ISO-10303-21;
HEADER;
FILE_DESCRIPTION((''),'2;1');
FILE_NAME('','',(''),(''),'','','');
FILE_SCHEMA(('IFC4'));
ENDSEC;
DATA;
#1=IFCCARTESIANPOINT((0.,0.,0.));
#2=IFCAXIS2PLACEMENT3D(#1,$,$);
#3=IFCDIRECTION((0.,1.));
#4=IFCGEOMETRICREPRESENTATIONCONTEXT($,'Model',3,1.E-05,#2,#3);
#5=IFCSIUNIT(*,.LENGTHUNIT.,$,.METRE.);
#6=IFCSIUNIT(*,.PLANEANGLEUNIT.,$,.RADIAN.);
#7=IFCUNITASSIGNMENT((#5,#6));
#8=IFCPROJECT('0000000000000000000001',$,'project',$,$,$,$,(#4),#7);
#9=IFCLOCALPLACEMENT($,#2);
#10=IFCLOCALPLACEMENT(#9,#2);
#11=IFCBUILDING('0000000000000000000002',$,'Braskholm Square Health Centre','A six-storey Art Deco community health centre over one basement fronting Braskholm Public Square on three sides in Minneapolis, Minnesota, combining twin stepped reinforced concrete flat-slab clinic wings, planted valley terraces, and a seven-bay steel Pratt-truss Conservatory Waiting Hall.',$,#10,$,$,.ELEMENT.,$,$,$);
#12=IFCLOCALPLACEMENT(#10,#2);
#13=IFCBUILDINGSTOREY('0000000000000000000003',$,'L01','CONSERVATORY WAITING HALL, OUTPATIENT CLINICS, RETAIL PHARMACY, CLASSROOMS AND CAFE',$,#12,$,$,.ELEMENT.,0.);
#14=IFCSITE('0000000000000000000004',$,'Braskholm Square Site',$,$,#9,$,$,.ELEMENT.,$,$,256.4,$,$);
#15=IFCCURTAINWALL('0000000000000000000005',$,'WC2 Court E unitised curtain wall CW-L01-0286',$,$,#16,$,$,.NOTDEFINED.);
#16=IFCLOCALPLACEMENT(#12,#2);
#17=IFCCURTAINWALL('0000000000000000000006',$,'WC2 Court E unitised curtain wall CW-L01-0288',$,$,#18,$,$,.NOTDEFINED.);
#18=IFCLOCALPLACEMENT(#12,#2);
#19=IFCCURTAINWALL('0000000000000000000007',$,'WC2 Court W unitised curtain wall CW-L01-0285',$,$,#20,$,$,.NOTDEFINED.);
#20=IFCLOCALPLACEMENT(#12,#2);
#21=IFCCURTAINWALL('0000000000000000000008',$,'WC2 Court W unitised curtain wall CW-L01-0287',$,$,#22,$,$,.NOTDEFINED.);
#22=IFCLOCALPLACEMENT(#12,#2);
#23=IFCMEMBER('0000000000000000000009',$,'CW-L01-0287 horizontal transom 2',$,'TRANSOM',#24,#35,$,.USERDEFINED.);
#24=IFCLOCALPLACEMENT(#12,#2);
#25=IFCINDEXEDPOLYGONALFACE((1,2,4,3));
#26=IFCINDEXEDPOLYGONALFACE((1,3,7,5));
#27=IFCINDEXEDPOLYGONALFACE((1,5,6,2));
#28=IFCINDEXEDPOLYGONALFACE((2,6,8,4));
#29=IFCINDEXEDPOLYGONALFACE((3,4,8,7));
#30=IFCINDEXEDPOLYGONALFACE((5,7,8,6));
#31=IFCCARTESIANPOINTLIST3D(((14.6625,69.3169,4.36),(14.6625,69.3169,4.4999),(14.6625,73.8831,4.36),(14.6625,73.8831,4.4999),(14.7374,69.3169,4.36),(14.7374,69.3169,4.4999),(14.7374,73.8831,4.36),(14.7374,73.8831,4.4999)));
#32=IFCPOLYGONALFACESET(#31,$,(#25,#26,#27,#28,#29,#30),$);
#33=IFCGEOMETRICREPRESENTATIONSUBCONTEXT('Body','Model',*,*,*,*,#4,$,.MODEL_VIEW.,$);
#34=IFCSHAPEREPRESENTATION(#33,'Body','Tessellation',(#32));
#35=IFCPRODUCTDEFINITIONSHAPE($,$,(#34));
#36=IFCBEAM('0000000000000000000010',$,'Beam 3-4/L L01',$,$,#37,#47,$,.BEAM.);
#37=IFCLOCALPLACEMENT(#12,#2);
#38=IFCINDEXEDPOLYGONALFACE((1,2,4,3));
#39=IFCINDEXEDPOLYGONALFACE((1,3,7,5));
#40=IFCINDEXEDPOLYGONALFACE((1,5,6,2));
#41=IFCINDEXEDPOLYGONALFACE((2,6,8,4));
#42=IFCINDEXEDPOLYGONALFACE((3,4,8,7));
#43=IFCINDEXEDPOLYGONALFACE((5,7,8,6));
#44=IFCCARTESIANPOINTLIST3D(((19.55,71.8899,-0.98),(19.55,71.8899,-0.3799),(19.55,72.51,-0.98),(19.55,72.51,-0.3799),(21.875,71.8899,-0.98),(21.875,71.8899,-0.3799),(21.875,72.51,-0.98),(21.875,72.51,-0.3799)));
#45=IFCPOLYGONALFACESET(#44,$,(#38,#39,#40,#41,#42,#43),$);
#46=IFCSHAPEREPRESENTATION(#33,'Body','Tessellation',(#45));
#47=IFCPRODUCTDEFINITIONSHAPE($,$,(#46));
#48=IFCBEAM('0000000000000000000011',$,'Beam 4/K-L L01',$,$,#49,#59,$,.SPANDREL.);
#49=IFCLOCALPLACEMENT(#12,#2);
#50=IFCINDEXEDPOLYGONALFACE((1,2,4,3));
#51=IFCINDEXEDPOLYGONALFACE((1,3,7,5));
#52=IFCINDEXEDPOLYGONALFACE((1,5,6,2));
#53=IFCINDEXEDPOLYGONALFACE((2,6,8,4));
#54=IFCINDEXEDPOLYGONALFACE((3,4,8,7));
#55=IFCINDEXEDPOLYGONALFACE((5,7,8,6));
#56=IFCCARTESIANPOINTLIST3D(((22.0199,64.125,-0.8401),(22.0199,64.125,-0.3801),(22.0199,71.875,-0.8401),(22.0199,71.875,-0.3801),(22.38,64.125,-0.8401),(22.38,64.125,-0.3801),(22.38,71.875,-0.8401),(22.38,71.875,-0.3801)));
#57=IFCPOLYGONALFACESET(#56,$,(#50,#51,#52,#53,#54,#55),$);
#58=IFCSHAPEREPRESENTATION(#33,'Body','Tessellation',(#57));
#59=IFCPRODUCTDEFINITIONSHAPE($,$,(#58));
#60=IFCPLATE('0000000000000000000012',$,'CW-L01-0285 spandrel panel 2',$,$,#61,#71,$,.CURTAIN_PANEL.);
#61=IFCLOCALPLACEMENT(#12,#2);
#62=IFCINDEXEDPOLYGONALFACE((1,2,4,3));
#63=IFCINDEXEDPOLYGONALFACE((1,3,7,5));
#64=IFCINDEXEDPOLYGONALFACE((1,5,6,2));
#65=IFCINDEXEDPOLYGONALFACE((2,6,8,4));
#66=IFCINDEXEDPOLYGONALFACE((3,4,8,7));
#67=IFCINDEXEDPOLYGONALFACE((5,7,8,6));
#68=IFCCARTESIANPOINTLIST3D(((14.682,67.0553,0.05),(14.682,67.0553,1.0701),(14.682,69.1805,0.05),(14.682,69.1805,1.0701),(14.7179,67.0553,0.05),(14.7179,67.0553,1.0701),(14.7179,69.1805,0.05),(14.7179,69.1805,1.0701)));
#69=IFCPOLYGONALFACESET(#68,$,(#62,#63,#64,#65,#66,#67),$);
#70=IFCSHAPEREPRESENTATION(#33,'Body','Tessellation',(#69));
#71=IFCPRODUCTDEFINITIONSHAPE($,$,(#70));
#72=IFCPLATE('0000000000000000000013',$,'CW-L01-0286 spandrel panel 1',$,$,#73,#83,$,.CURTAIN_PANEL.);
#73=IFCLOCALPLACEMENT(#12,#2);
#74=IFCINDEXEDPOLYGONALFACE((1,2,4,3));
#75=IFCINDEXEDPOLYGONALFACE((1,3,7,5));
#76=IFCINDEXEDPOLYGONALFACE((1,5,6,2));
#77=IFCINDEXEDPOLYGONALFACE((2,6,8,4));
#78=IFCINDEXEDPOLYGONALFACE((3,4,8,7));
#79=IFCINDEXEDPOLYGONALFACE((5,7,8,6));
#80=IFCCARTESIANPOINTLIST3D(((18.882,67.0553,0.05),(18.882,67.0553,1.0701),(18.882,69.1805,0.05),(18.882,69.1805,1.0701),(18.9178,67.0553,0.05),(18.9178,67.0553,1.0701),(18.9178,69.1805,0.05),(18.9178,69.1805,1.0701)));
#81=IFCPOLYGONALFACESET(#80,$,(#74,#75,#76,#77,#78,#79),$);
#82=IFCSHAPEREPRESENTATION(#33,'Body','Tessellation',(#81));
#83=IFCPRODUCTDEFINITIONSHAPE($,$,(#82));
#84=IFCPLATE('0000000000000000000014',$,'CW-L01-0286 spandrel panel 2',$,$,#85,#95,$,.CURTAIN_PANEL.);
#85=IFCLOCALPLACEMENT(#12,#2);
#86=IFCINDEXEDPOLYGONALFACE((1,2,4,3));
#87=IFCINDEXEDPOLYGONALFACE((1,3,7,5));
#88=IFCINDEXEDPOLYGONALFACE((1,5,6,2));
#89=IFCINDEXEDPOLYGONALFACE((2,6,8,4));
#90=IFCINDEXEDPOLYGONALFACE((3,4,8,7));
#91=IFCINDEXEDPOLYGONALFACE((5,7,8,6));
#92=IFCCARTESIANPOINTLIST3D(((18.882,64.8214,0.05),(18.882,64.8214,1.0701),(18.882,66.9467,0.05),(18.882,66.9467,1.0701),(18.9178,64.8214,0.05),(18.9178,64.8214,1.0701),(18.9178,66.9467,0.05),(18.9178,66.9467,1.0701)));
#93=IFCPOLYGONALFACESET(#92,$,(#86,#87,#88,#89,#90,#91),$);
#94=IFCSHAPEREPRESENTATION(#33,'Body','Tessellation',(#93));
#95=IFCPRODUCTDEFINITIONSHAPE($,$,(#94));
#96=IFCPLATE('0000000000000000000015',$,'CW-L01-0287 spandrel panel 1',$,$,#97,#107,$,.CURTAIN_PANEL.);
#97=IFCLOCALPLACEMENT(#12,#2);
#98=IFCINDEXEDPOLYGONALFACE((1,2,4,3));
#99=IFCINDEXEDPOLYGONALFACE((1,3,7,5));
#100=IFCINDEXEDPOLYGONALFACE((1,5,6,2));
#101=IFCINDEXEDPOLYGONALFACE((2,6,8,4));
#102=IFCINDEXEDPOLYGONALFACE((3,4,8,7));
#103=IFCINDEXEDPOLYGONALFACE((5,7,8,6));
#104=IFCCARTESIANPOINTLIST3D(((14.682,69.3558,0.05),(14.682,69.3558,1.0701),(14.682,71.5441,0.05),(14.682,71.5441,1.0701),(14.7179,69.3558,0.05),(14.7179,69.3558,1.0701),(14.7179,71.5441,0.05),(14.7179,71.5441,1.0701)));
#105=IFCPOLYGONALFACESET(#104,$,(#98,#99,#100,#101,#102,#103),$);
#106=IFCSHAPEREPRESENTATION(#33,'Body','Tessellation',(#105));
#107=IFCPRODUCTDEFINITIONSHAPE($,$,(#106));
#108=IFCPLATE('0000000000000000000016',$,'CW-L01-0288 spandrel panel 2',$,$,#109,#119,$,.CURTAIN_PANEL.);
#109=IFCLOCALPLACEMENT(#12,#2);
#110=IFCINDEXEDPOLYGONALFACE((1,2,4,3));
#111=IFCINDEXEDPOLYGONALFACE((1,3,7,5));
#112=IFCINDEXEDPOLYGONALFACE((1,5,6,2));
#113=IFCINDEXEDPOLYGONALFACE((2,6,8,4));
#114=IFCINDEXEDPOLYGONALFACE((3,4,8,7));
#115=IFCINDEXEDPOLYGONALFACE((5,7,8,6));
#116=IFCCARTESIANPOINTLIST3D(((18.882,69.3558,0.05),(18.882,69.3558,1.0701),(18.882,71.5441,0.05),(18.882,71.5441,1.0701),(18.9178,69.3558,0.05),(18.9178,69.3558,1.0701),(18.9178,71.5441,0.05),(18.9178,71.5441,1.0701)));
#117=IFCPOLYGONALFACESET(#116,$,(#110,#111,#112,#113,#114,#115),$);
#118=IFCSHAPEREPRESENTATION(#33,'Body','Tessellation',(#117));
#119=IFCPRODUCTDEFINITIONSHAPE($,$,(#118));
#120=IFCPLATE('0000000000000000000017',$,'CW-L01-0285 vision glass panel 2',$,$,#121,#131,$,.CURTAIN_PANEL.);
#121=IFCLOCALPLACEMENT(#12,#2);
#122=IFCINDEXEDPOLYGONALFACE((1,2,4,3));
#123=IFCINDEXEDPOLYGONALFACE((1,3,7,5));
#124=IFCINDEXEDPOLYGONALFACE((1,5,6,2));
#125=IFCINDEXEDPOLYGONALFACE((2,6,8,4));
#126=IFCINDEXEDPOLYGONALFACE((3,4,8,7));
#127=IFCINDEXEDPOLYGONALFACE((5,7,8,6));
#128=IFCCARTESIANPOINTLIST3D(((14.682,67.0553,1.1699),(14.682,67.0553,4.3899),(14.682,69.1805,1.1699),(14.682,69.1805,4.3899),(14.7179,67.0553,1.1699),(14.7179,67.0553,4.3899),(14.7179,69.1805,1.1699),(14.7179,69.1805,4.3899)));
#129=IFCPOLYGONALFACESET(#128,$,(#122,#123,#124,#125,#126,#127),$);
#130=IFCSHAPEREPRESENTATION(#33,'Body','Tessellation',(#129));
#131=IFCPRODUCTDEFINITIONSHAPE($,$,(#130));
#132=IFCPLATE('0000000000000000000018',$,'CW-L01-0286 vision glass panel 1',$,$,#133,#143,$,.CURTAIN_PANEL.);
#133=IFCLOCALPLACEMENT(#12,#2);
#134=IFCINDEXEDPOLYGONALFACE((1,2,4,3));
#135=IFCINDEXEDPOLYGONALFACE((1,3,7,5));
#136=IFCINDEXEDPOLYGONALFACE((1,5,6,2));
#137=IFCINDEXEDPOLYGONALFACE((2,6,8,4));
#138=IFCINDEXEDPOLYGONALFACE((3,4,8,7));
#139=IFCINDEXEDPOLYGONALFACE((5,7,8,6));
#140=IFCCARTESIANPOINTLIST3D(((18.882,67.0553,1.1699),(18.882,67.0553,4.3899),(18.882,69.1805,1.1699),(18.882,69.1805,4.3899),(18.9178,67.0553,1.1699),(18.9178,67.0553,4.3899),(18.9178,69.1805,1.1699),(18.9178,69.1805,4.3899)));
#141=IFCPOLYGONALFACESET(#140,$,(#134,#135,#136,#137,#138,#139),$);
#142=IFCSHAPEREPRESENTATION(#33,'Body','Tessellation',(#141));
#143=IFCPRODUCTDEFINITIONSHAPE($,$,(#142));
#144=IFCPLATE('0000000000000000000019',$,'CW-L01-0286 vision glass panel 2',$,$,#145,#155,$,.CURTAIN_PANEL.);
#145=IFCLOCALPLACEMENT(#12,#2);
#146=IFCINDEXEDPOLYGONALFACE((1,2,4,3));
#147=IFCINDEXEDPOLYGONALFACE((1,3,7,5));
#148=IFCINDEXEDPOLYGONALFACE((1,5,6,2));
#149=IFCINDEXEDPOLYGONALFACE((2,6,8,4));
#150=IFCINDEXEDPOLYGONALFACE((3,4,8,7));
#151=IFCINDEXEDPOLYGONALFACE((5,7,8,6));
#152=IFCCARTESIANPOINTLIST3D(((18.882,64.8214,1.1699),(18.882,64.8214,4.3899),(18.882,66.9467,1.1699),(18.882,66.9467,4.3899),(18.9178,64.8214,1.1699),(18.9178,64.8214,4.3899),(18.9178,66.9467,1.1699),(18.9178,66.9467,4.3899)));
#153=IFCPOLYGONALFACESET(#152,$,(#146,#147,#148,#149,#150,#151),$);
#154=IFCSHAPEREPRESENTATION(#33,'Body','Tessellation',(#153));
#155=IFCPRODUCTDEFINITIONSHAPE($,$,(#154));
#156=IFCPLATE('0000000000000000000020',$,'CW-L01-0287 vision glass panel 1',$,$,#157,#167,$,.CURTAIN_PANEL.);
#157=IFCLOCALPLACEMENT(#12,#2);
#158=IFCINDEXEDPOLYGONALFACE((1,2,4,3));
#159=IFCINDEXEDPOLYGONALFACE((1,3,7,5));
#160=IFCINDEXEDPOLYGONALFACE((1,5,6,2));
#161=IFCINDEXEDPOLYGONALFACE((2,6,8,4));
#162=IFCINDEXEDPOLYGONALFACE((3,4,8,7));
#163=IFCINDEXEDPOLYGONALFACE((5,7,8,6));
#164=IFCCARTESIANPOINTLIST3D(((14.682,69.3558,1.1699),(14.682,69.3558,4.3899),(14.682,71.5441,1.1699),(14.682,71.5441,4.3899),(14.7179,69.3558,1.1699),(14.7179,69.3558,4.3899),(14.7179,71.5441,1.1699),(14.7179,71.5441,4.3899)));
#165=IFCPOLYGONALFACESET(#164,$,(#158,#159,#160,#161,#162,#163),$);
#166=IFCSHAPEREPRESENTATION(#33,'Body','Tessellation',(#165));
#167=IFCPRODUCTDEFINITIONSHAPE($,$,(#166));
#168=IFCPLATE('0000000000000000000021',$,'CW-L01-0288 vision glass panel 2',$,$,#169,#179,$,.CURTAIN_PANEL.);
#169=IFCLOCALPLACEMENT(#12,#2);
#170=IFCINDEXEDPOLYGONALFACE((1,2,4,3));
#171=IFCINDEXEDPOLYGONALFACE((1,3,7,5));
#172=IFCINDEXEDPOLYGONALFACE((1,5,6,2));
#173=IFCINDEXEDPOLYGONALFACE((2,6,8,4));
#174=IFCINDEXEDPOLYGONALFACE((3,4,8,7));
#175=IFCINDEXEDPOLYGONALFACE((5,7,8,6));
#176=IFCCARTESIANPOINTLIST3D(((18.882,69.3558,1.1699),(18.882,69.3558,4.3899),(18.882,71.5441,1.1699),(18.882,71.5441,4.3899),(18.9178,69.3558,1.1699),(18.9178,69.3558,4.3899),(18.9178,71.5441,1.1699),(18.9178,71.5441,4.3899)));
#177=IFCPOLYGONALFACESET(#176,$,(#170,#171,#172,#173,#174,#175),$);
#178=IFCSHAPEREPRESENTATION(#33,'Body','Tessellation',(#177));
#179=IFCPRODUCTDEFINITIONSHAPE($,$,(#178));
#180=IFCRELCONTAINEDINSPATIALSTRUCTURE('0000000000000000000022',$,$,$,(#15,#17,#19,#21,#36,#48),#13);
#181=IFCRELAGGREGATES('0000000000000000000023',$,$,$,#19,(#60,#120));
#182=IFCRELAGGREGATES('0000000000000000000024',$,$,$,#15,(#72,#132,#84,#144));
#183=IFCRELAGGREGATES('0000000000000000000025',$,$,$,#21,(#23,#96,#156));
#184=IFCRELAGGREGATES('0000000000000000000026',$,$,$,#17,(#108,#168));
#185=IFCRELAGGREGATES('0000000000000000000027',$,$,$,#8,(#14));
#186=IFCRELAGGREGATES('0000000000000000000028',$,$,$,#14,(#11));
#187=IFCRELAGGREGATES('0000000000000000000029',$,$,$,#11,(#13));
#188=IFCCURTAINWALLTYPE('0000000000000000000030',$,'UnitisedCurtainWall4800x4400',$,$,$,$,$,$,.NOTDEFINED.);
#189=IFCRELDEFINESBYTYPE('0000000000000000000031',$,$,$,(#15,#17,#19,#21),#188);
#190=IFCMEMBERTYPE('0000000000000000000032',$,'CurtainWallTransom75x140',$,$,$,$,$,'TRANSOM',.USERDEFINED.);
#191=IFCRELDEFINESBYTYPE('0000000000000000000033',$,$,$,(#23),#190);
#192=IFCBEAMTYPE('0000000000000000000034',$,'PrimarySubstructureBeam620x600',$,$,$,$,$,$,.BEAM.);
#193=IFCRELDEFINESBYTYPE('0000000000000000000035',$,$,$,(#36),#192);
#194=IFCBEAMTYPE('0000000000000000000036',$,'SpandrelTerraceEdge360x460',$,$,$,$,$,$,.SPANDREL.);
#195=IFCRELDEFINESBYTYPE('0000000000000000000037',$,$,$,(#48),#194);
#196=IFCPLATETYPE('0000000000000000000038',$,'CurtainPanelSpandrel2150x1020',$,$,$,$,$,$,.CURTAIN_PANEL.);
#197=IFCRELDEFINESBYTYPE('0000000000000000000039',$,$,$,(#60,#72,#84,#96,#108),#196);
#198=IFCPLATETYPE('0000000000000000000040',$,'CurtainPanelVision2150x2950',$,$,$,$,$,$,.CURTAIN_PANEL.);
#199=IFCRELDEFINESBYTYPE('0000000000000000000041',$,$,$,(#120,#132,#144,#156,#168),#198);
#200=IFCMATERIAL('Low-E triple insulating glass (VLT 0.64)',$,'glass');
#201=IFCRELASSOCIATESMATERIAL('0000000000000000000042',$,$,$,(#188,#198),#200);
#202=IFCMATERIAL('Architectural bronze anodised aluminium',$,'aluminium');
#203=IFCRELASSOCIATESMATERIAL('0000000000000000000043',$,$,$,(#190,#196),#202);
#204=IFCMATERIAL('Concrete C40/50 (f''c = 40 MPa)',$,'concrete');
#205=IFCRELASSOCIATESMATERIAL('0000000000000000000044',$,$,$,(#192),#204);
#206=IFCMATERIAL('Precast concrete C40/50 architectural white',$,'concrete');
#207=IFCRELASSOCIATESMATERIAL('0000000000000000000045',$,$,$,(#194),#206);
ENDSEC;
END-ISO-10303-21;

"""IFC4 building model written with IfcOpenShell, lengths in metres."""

from ifc_helpers import new_model, si_unit, direction, frame, origin, origin_2d, place, context, subcontext, project, spatial, rectangle, extrude, material, material_profile, profile_set, type_object, element, aggregate, save


model = new_model("IFC4")

# Units and contexts
model_context = context("Model", 3, precision=1e-05, world=origin(), true_north=direction((0.0, 1.0)))
body_context = subcontext(model_context, "Body", "Model", "MODEL_VIEW")
ifc_project = project(units=[si_unit("LENGTHUNIT", "METRE"), si_unit("PLANEANGLEUNIT", "RADIAN")], contexts=[model_context])

# Site, building, storey
site_placement = place(None, origin())
site = spatial("IfcSite", under=ifc_project, at=site_placement, Name="Braskholm Square Site", CompositionType="ELEMENT", RefElevation=256.4)
building_placement = place(site_placement, origin())
building = spatial("IfcBuilding", under=site, at=building_placement, Name="Braskholm Square Health Centre", Description="A six-storey Art Deco community health centre over one basement fronting Braskholm Public Square on three sides in Minneapolis, Minnesota, combining twin stepped reinforced concrete flat-slab clinic wings, planted valley terraces, and a seven-bay steel Pratt-truss Conservatory Waiting Hall.", CompositionType="ELEMENT")
storey_placement = place(building_placement, origin())
storey = spatial("IfcBuildingStorey", under=building, at=storey_placement, Name="L01", Description="CONSERVATORY WAITING HALL, OUTPATIENT CLINICS, RETAIL PHARMACY, CLASSROOMS AND CAFE", CompositionType="ELEMENT", Elevation=0.0)

# Shared definitions
ifc_material_1 = material(Name="Concrete C40/50 (f'c = 40 MPa)", Category="concrete")

# Curtain walls
ifc_material_2 = material(Name="Low-E triple insulating glass (VLT 0.64)", Category="glass")
curtain_wall_type = type_object("IfcCurtainWallType", Name="UnitisedCurtainWall4800x4400", PredefinedType="NOTDEFINED", material=ifc_material_2)
curtain_wall_1_placement = place(storey_placement, origin())
curtain_wall_1 = element("IfcCurtainWall", 1, at=curtain_wall_1_placement, inside=storey, type_object=curtain_wall_type, Name="WC2 Court E unitised curtain wall CW-L01-0286", PredefinedType="NOTDEFINED")
ifc_material_3 = material(Name="Architectural bronze anodised aluminium", Category="aluminium")
curtain_wall_2_placement = place(storey_placement, origin())
curtain_wall_2 = element("IfcCurtainWall", 2, at=curtain_wall_2_placement, inside=storey, type_object=curtain_wall_type, Name="WC2 Court E unitised curtain wall CW-L01-0288", PredefinedType="NOTDEFINED")
curtain_wall_3_placement = place(storey_placement, origin())
curtain_wall_3 = element("IfcCurtainWall", 3, at=curtain_wall_3_placement, inside=storey, type_object=curtain_wall_type, Name="WC2 Court W unitised curtain wall CW-L01-0285", PredefinedType="NOTDEFINED")
curtain_wall_4_placement = place(storey_placement, origin())
curtain_wall_4 = element("IfcCurtainWall", 4, at=curtain_wall_4_placement, inside=storey, type_object=curtain_wall_type, Name="WC2 Court W unitised curtain wall CW-L01-0287", PredefinedType="NOTDEFINED")

# Member
ifc_material_profile_1 = material_profile(ifc_material_3, rectangle(XDim=0.075, YDim=0.1399, at=origin_2d()), Name="ALU-75X140")
ifc_profile_set_1 = profile_set([ifc_material_profile_1], Name="Architectural bronze anodised aluminium")
member_type_1 = type_object("IfcMemberType", Name="CurtainWallTransom75x140", ElementType="TRANSOM", PredefinedType="USERDEFINED", material=ifc_profile_set_1)
member_1_placement = place(storey_placement, frame((14.7, 69.3169, 4.4299), z_axis=(0.0, 1.0, 0.0), x_axis=(-1.0, 0.0, 0.0)))
member_1 = element("IfcMember", 5, at=member_1_placement, type_object=member_type_1, Name="CW-L01-0287 horizontal transom 2", ObjectType="TRANSOM", PredefinedType="USERDEFINED", context=body_context, shape_type="SweptSolid", body=[
    extrude(rectangle(XDim=0.075, YDim=0.1399, at=origin_2d()), origin(), (0.0, 0.0, 1.0), 4.5662),
])

# Beams
ifc_material_profile_2 = material_profile(ifc_material_1, rectangle(XDim=0.6201, YDim=0.6001, at=origin_2d()), Name="RCB-620X600")
ifc_profile_set_2 = profile_set([ifc_material_profile_2], Name="Concrete C40/50 (f'c = 40 MPa)")
beam_type_1 = type_object("IfcBeamType", Name="PrimarySubstructureBeam620x600", PredefinedType="BEAM", material=ifc_profile_set_2)
beam_1_placement = place(storey_placement, frame((19.55, 72.2, -0.6799), z_axis=(1.0, 0.0, 0.0), x_axis=(0.0, 1.0, 0.0)))
element("IfcBeam", 6, at=beam_1_placement, inside=storey, type_object=beam_type_1, Name="Beam 3-4/L L01", PredefinedType="BEAM", context=body_context, shape_type="SweptSolid", body=[
    extrude(rectangle(XDim=0.6201, YDim=0.6001, at=origin_2d()), origin(), (0.0, 0.0, 1.0), 2.325),
])
ifc_material_4 = material(Name="Precast concrete C40/50 architectural white", Category="concrete")
ifc_material_profile_3 = material_profile(ifc_material_4, rectangle(XDim=0.3601, YDim=0.46, at=origin_2d()), Name="RCB-360X460")
ifc_profile_set_3 = profile_set([ifc_material_profile_3], Name="Precast concrete C40/50 architectural white")
beam_type_2 = type_object("IfcBeamType", Name="SpandrelTerraceEdge360x460", PredefinedType="SPANDREL", material=ifc_profile_set_3)
beam_2_placement = place(storey_placement, frame((22.2, 64.125, -0.6101), z_axis=(0.0, 1.0, 0.0), x_axis=(-1.0, 0.0, 0.0)))
element("IfcBeam", 7, at=beam_2_placement, inside=storey, type_object=beam_type_2, Name="Beam 4/K-L L01", PredefinedType="SPANDREL", context=body_context, shape_type="SweptSolid", body=[
    extrude(rectangle(XDim=0.3601, YDim=0.46, at=origin_2d()), origin(), (0.0, 0.0, 1.0), 7.75),
])

# Plates
plate_type_1 = type_object("IfcPlateType", Name="CurtainPanelSpandrel2150x1020", PredefinedType="CURTAIN_PANEL", material=ifc_material_3)
plate_1_placement = place(storey_placement, frame((14.7, 68.1179, 0.05), z_axis=(0.0, 0.0, 1.0), x_axis=(0.0, 1.0, 0.0)))
plate_1 = element("IfcPlate", 8, at=plate_1_placement, type_object=plate_type_1, Name="CW-L01-0285 spandrel panel 2", PredefinedType="CURTAIN_PANEL", context=body_context, shape_type="SweptSolid", body=[
    extrude(rectangle(XDim=2.1252, YDim=0.0359, at=origin_2d()), origin(), (0.0, 0.0, 1.0), 1.02),
])
plate_2_placement = place(storey_placement, frame((18.8999, 68.1179, 0.05), z_axis=(0.0, 0.0, 1.0), x_axis=(0.0, -1.0, 0.0)))
plate_2 = element("IfcPlate", 9, at=plate_2_placement, type_object=plate_type_1, Name="CW-L01-0286 spandrel panel 1", PredefinedType="CURTAIN_PANEL", context=body_context, shape_type="SweptSolid", body=[
    extrude(rectangle(XDim=2.1252, YDim=0.0359, at=origin_2d()), origin(), (0.0, 0.0, 1.0), 1.02),
])
plate_3_placement = place(storey_placement, frame((18.8999, 65.884, 0.05), z_axis=(0.0, 0.0, 1.0), x_axis=(0.0, -1.0, 0.0)))
plate_3 = element("IfcPlate", 10, at=plate_3_placement, type_object=plate_type_1, Name="CW-L01-0286 spandrel panel 2", PredefinedType="CURTAIN_PANEL", context=body_context, shape_type="SweptSolid", body=[
    extrude(rectangle(XDim=2.1252, YDim=0.0359, at=origin_2d()), origin(), (0.0, 0.0, 1.0), 1.02),
])
plate_4_placement = place(storey_placement, frame((14.7, 70.45, 0.05), z_axis=(0.0, 0.0, 1.0), x_axis=(0.0, 1.0, 0.0)))
plate_4 = element("IfcPlate", 11, at=plate_4_placement, type_object=plate_type_1, Name="CW-L01-0287 spandrel panel 1", PredefinedType="CURTAIN_PANEL", context=body_context, shape_type="SweptSolid", body=[
    extrude(rectangle(XDim=2.1882, YDim=0.0359, at=origin_2d()), origin(), (0.0, 0.0, 1.0), 1.02),
])
plate_5_placement = place(storey_placement, frame((18.8999, 70.45, 0.05), z_axis=(0.0, 0.0, 1.0), x_axis=(0.0, -1.0, 0.0)))
plate_5 = element("IfcPlate", 12, at=plate_5_placement, type_object=plate_type_1, Name="CW-L01-0288 spandrel panel 2", PredefinedType="CURTAIN_PANEL", context=body_context, shape_type="SweptSolid", body=[
    extrude(rectangle(XDim=2.1882, YDim=0.0359, at=origin_2d()), origin(), (0.0, 0.0, 1.0), 1.02),
])
plate_type_2 = type_object("IfcPlateType", Name="CurtainPanelVision2150x2950", PredefinedType="CURTAIN_PANEL", material=ifc_material_2)
plate_6_placement = place(storey_placement, frame((14.7, 68.1179, 1.1699), z_axis=(0.0, 0.0, 1.0), x_axis=(0.0, 1.0, 0.0)))
plate_6 = element("IfcPlate", 13, at=plate_6_placement, type_object=plate_type_2, Name="CW-L01-0285 vision glass panel 2", PredefinedType="CURTAIN_PANEL", context=body_context, shape_type="SweptSolid", body=[
    extrude(rectangle(XDim=2.1252, YDim=0.0359, at=origin_2d()), origin(), (0.0, 0.0, 1.0), 3.22),
])
aggregate(curtain_wall_3, [plate_1, plate_6])
plate_7_placement = place(storey_placement, frame((18.8999, 68.1179, 1.1699), z_axis=(0.0, 0.0, 1.0), x_axis=(0.0, -1.0, 0.0)))
plate_7 = element("IfcPlate", 14, at=plate_7_placement, type_object=plate_type_2, Name="CW-L01-0286 vision glass panel 1", PredefinedType="CURTAIN_PANEL", context=body_context, shape_type="SweptSolid", body=[
    extrude(rectangle(XDim=2.1252, YDim=0.0359, at=origin_2d()), origin(), (0.0, 0.0, 1.0), 3.22),
])
plate_8_placement = place(storey_placement, frame((18.8999, 65.884, 1.1699), z_axis=(0.0, 0.0, 1.0), x_axis=(0.0, -1.0, 0.0)))
plate_8 = element("IfcPlate", 15, at=plate_8_placement, type_object=plate_type_2, Name="CW-L01-0286 vision glass panel 2", PredefinedType="CURTAIN_PANEL", context=body_context, shape_type="SweptSolid", body=[
    extrude(rectangle(XDim=2.1252, YDim=0.0359, at=origin_2d()), origin(), (0.0, 0.0, 1.0), 3.22),
])
aggregate(curtain_wall_1, [plate_2, plate_7, plate_3, plate_8])
plate_9_placement = place(storey_placement, frame((14.7, 70.45, 1.1699), z_axis=(0.0, 0.0, 1.0), x_axis=(0.0, 1.0, 0.0)))
plate_9 = element("IfcPlate", 16, at=plate_9_placement, type_object=plate_type_2, Name="CW-L01-0287 vision glass panel 1", PredefinedType="CURTAIN_PANEL", context=body_context, shape_type="SweptSolid", body=[
    extrude(rectangle(XDim=2.1882, YDim=0.0359, at=origin_2d()), origin(), (0.0, 0.0, 1.0), 3.22),
])
aggregate(curtain_wall_4, [member_1, plate_4, plate_9])
plate_10_placement = place(storey_placement, frame((18.8999, 70.45, 1.1699), z_axis=(0.0, 0.0, 1.0), x_axis=(0.0, -1.0, 0.0)))
plate_10 = element("IfcPlate", 17, at=plate_10_placement, type_object=plate_type_2, Name="CW-L01-0288 vision glass panel 2", PredefinedType="CURTAIN_PANEL", context=body_context, shape_type="SweptSolid", body=[
    extrude(rectangle(XDim=2.1882, YDim=0.0359, at=origin_2d()), origin(), (0.0, 0.0, 1.0), 3.22),
])
aggregate(curtain_wall_2, [plate_5, plate_10])

save(model, "model.ifc")
